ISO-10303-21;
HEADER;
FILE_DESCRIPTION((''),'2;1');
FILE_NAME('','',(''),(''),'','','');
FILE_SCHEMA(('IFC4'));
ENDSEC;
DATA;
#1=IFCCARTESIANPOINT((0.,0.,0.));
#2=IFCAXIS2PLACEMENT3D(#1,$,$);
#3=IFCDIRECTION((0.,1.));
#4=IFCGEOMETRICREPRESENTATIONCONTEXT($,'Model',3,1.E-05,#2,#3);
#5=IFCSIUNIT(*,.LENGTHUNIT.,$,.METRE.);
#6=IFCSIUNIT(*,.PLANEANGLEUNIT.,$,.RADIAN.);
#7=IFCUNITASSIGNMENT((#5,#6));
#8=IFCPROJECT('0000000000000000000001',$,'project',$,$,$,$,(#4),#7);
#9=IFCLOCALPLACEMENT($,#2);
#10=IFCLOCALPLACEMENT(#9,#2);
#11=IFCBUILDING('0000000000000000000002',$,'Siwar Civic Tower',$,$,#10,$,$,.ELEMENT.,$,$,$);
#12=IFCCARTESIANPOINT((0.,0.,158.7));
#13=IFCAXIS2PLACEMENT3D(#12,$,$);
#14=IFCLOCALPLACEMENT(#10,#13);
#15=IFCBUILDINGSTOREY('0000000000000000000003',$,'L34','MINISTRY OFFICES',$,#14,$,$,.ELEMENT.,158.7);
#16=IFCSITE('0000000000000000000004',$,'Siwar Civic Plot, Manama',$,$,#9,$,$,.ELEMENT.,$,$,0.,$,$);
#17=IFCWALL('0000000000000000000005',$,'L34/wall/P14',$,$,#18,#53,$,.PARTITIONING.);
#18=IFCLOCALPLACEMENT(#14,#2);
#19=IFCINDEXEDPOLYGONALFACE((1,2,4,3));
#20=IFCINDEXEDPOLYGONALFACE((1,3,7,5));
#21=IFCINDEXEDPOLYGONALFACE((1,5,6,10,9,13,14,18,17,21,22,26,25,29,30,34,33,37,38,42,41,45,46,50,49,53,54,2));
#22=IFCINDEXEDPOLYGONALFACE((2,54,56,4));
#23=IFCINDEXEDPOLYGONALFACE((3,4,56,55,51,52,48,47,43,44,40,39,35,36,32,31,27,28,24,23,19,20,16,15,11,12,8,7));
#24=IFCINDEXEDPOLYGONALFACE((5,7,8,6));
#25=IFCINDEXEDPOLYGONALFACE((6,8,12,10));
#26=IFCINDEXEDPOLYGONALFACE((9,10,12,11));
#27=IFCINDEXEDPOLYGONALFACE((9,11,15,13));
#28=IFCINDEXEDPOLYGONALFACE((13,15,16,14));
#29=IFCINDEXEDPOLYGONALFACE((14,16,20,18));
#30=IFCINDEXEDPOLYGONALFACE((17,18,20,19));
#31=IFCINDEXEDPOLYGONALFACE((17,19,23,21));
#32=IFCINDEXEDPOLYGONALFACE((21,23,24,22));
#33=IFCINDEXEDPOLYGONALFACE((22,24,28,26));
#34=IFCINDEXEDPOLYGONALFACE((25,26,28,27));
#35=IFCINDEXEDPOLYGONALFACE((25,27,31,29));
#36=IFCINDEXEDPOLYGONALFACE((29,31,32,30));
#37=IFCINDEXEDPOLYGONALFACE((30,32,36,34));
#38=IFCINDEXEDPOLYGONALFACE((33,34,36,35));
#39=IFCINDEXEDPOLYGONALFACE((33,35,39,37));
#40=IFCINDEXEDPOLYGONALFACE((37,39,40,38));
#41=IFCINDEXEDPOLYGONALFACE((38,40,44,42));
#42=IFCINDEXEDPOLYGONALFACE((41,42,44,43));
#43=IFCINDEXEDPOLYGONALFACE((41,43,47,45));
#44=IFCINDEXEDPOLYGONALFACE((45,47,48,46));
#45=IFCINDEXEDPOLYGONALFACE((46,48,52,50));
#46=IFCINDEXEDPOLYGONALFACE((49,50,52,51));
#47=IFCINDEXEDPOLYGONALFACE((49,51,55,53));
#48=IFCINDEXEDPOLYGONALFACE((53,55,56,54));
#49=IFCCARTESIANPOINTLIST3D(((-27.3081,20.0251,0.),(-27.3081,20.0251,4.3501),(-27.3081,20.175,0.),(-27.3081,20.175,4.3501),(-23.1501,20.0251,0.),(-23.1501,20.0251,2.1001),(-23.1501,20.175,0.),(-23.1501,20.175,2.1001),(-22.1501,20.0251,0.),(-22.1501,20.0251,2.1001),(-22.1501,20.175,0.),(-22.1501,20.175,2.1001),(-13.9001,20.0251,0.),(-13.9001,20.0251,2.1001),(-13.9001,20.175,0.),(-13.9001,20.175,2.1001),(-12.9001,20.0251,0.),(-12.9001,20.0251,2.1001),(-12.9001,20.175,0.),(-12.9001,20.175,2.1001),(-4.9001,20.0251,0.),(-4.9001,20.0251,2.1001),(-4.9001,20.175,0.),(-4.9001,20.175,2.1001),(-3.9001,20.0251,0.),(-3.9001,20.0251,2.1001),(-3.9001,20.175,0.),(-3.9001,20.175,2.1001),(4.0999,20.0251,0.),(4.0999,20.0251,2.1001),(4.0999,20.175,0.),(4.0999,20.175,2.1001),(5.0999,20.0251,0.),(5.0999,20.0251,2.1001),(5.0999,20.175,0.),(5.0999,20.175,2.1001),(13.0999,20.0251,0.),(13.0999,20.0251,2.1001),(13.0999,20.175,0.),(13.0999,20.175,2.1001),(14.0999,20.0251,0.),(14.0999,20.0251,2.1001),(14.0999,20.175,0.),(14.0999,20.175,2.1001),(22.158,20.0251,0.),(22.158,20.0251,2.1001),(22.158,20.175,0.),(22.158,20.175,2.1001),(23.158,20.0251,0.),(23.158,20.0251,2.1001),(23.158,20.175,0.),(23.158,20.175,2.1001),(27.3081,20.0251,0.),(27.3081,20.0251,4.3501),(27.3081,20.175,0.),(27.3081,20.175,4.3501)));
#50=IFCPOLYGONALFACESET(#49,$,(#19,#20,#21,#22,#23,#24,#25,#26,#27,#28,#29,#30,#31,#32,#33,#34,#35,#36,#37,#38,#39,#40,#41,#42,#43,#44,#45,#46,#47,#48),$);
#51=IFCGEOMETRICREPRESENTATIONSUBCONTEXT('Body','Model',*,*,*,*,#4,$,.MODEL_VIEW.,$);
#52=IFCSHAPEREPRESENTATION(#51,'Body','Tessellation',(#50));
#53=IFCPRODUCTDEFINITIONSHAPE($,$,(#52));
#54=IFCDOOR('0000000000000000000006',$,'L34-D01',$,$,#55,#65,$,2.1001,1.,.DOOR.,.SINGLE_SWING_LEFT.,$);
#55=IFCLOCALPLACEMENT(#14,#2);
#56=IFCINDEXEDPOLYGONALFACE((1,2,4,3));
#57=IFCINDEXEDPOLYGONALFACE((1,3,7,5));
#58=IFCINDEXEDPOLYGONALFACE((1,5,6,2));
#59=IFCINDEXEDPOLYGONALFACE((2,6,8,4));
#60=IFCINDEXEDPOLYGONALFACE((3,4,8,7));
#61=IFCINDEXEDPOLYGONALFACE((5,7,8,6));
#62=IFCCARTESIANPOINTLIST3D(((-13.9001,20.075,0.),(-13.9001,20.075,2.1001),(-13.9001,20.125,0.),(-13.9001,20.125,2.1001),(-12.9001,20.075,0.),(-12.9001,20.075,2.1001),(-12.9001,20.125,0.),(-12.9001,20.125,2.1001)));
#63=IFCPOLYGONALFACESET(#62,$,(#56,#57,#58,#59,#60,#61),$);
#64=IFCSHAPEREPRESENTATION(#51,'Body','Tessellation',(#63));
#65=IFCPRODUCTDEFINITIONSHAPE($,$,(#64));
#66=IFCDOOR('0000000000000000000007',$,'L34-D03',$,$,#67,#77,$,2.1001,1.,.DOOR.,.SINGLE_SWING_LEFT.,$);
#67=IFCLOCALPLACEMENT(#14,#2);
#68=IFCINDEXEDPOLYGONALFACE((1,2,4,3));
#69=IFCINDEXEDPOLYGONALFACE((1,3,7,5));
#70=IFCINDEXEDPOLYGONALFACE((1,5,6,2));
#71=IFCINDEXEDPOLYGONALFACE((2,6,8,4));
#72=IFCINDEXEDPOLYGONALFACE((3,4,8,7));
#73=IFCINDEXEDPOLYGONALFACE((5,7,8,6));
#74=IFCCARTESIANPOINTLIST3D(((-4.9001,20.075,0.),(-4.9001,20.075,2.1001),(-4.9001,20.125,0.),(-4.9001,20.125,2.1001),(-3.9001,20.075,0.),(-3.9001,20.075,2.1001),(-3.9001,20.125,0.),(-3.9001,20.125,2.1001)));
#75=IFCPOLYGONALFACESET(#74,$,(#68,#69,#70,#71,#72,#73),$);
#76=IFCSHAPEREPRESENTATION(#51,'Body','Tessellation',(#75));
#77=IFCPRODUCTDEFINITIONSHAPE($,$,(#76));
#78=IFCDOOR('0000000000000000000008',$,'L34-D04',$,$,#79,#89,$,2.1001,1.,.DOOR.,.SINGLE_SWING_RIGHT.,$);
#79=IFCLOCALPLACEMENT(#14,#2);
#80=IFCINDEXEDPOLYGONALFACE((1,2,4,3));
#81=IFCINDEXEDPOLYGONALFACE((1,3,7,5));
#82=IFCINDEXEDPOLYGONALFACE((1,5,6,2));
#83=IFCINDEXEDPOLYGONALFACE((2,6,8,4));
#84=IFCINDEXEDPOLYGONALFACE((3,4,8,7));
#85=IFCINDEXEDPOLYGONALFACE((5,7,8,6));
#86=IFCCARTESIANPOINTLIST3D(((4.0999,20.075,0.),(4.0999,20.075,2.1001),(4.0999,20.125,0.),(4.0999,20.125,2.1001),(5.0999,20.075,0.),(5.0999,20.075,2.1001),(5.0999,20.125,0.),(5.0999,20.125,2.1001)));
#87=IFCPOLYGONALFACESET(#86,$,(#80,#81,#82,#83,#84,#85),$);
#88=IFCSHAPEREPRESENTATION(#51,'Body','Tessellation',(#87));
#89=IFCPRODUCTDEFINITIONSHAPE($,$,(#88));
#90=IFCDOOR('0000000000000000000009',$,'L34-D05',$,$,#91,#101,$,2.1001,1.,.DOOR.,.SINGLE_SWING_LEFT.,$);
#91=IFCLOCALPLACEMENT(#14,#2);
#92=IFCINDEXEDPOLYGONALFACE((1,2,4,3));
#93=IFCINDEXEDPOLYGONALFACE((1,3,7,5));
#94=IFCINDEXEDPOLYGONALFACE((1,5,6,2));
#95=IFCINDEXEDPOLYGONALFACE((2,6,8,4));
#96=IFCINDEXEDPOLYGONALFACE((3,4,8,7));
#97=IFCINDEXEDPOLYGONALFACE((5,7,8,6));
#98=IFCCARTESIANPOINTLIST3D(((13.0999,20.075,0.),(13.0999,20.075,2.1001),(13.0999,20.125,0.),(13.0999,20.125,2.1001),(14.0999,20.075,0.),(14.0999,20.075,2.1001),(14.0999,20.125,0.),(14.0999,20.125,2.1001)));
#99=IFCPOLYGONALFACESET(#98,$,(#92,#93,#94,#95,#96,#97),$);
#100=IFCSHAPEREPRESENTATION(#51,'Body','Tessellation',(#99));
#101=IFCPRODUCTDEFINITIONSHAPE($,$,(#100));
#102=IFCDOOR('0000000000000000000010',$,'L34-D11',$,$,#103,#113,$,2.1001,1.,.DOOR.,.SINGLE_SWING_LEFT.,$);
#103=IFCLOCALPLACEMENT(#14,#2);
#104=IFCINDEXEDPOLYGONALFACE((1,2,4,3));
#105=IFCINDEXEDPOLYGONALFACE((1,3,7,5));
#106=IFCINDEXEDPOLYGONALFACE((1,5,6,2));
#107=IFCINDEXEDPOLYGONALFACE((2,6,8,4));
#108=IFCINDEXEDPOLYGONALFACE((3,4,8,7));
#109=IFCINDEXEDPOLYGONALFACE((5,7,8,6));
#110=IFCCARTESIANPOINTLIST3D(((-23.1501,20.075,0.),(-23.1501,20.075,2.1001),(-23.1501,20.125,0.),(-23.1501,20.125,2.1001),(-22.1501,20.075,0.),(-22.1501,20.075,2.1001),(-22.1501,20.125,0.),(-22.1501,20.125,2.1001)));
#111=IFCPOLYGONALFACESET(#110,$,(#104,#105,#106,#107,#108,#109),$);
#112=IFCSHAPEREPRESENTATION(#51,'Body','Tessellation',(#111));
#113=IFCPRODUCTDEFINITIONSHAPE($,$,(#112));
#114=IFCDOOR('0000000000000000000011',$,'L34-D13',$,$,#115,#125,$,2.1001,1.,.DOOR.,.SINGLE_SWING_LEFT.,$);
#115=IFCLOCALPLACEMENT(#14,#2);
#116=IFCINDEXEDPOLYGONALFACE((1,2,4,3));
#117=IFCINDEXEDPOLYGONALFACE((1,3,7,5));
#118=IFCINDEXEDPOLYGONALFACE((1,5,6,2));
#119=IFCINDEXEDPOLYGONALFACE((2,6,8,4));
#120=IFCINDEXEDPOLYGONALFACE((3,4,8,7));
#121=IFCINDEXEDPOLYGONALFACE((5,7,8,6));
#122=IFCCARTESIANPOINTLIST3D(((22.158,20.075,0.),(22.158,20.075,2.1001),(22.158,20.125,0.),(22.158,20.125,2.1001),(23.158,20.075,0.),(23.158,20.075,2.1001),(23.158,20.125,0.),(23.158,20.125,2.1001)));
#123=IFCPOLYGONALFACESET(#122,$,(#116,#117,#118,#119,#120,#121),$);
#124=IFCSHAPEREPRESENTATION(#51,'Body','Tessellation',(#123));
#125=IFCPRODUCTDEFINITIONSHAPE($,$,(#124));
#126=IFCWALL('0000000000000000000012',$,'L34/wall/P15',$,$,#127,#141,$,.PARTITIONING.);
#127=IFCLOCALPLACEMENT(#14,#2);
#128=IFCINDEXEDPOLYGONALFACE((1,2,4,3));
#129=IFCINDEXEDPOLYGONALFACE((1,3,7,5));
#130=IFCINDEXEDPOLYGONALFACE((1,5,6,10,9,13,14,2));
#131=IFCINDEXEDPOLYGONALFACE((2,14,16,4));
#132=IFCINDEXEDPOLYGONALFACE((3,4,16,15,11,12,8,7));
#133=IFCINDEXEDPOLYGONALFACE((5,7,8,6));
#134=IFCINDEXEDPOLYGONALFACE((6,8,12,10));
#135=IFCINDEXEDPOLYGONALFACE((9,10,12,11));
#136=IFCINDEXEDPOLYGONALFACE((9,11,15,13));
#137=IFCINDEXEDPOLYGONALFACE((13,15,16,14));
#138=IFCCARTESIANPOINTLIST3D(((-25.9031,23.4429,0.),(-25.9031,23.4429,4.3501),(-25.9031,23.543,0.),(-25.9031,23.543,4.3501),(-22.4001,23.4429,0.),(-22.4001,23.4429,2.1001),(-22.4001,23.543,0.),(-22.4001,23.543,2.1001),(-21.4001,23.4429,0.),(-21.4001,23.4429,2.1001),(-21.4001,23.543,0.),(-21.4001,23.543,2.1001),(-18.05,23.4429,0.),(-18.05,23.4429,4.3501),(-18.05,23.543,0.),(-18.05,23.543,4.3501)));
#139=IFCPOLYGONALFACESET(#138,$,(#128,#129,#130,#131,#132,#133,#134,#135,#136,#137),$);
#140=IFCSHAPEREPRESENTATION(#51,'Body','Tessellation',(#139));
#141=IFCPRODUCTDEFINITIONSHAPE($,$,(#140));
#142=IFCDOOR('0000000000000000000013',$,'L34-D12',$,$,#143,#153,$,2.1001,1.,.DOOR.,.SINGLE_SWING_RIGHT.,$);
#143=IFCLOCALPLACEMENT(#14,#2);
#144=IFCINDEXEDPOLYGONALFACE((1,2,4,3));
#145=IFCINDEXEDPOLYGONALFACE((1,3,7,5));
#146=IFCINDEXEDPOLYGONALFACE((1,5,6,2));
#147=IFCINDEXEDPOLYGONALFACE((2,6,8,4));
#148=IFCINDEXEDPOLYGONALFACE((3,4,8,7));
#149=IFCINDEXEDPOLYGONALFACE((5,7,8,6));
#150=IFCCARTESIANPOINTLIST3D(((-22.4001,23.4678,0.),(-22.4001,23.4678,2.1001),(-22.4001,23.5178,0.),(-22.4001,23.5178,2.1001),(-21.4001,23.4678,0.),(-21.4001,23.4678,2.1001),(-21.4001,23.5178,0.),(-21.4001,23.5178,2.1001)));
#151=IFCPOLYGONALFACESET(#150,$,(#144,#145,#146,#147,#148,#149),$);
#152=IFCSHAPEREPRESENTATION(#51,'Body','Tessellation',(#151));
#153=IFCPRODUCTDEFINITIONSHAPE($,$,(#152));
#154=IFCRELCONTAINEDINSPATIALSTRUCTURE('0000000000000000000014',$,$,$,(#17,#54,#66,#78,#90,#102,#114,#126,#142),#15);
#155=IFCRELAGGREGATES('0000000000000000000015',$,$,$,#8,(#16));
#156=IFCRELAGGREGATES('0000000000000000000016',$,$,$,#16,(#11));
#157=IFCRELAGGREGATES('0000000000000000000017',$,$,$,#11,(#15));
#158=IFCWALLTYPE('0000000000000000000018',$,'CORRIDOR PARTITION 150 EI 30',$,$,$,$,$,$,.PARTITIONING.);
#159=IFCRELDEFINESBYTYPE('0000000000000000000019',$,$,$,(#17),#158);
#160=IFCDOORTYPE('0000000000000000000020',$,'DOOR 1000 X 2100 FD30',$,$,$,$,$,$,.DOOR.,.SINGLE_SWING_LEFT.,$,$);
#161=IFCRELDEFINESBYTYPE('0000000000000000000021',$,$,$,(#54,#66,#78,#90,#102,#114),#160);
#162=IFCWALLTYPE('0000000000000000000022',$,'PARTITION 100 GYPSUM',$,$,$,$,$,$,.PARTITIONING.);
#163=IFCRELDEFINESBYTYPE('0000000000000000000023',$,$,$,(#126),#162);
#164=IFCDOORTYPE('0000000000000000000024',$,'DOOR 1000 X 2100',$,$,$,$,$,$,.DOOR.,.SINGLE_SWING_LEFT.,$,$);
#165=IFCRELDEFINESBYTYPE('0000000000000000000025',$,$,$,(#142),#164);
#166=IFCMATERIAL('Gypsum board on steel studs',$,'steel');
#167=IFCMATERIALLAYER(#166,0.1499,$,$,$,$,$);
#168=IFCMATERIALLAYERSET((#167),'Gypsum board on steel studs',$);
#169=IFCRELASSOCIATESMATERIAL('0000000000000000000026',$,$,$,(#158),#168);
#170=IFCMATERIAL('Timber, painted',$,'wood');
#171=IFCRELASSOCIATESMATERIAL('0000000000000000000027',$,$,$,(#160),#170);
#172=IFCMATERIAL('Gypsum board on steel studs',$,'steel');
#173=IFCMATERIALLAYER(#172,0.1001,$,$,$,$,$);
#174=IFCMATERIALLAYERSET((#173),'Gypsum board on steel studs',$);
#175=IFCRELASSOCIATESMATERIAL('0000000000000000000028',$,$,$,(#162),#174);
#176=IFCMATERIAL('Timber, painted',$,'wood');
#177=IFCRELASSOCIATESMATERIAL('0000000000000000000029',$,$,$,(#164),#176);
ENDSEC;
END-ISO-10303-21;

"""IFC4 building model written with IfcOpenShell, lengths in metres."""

from ifc_helpers import new_model, si_unit, direction, frame, frame_2d, origin, place, context, subcontext, project, spatial, rectangle, extrude, material, layer, layer_set, type_object, element, fill, save


model = new_model("IFC4")

# Units and contexts
model_context = context("Model", 3, precision=1e-05, world=origin(), true_north=direction((0.0, 1.0)))
body_context = subcontext(model_context, "Body", "Model", "MODEL_VIEW")
ifc_project = project(units=[si_unit("LENGTHUNIT", "METRE"), si_unit("PLANEANGLEUNIT", "RADIAN")], contexts=[model_context])

# Site, building, storey
site_placement = place(None, origin())
site = spatial("IfcSite", under=ifc_project, at=site_placement, Name="Siwar Civic Plot, Manama", CompositionType="ELEMENT", RefElevation=0.0)
building_placement = place(site_placement, origin())
building = spatial("IfcBuilding", under=site, at=building_placement, Name="Siwar Civic Tower", CompositionType="ELEMENT")
storey_placement = place(building_placement, frame((0.0, 0.0, 158.7)))
storey = spatial("IfcBuildingStorey", under=building, at=storey_placement, Name="L34", Description="MINISTRY OFFICES", CompositionType="ELEMENT", Elevation=158.7)

# Wall, openings, doors
ifc_material_1 = material(Name="Gypsum board on steel studs", Category="steel")
ifc_layer_1 = layer(ifc_material_1, 0.1499)
ifc_layer_set_1 = layer_set([ifc_layer_1], Name="Gypsum board on steel studs")
wall_type_1 = type_object("IfcWallType", Name="CORRIDOR PARTITION 150 EI 30", PredefinedType="PARTITIONING", material=ifc_layer_set_1)
wall_1_placement = place(storey_placement, frame((-27.3081, 20.1001, 0.0), z_axis=(0.0, 0.0, 1.0), x_axis=(1.0, 0.0, 0.0)))
wall_1 = element("IfcWall", 1, at=wall_1_placement, inside=storey, type_object=wall_type_1, Name="L34/wall/P14", PredefinedType="PARTITIONING", context=body_context, shape_type="SweptSolid", body=[
    extrude(rectangle(XDim=54.6162, YDim=0.1499, at=frame_2d((27.3081, 0.0))), origin(), (0.0, 0.0, 1.0), 4.3501),
])
opening_1_placement = place(wall_1_placement, frame((13.408, 0.0, 0.0)))
opening_1 = element("IfcOpeningElement", 2, at=opening_1_placement, cuts=wall_1, PredefinedType="OPENING", context=body_context, shape_type="SweptSolid", body=[
    extrude(rectangle(XDim=1.0, YDim=2.1001, at=frame_2d((0.5, 1.05))), frame((0.0, 0.085, 0.0), z_axis=(0.0, -1.0, 0.0), x_axis=(1.0, 0.0, 0.0)), (0.0, 0.0, 1.0), 0.1699),
])
opening_2_placement = place(wall_1_placement, frame((22.408, 0.0, 0.0)))
opening_2 = element("IfcOpeningElement", 3, at=opening_2_placement, cuts=wall_1, PredefinedType="OPENING", context=body_context, shape_type="SweptSolid", body=[
    extrude(rectangle(XDim=1.0, YDim=2.1001, at=frame_2d((0.5, 1.05))), frame((0.0, 0.085, 0.0), z_axis=(0.0, -1.0, 0.0), x_axis=(1.0, 0.0, 0.0)), (0.0, 0.0, 1.0), 0.1699),
])
opening_3_placement = place(wall_1_placement, frame((31.408, 0.0, 0.0)))
opening_3 = element("IfcOpeningElement", 4, at=opening_3_placement, cuts=wall_1, PredefinedType="OPENING", context=body_context, shape_type="SweptSolid", body=[
    extrude(rectangle(XDim=1.0, YDim=2.1001, at=frame_2d((0.5, 1.05))), frame((0.0, 0.085, 0.0), z_axis=(0.0, -1.0, 0.0), x_axis=(1.0, 0.0, 0.0)), (0.0, 0.0, 1.0), 0.1699),
])
opening_4_placement = place(wall_1_placement, frame((40.408, 0.0, 0.0)))
opening_4 = element("IfcOpeningElement", 5, at=opening_4_placement, cuts=wall_1, PredefinedType="OPENING", context=body_context, shape_type="SweptSolid", body=[
    extrude(rectangle(XDim=1.0, YDim=2.1001, at=frame_2d((0.5, 1.05))), frame((0.0, 0.085, 0.0), z_axis=(0.0, -1.0, 0.0), x_axis=(1.0, 0.0, 0.0)), (0.0, 0.0, 1.0), 0.1699),
])
opening_5_placement = place(wall_1_placement, frame((4.158, 0.0, 0.0)))
opening_5 = element("IfcOpeningElement", 6, at=opening_5_placement, cuts=wall_1, PredefinedType="OPENING", context=body_context, shape_type="SweptSolid", body=[
    extrude(rectangle(XDim=1.0, YDim=2.1001, at=frame_2d((0.5, 1.05))), frame((0.0, 0.085, 0.0), z_axis=(0.0, -1.0, 0.0), x_axis=(1.0, 0.0, 0.0)), (0.0, 0.0, 1.0), 0.1699),
])
opening_6_placement = place(wall_1_placement, frame((49.4661, 0.0, 0.0)))
opening_6 = element("IfcOpeningElement", 7, at=opening_6_placement, cuts=wall_1, PredefinedType="OPENING", context=body_context, shape_type="SweptSolid", body=[
    extrude(rectangle(XDim=1.0, YDim=2.1001, at=frame_2d((0.5, 1.05))), frame((0.0, 0.085, 0.0), z_axis=(0.0, -1.0, 0.0), x_axis=(1.0, 0.0, 0.0)), (0.0, 0.0, 1.0), 0.1699),
])
ifc_material_2 = material(Name="Timber, painted", Category="wood")
door_type_1 = type_object("IfcDoorType", Name="DOOR 1000 X 2100 FD30", OperationType="SINGLE_SWING_LEFT", PredefinedType="DOOR", material=ifc_material_2)
door_1_placement = place(opening_1_placement, origin())
door_1 = element("IfcDoor", 8, at=door_1_placement, inside=storey, type_object=door_type_1, Name="L34-D01", OperationType="SINGLE_SWING_LEFT", OverallHeight=2.1001, OverallWidth=1.0, PredefinedType="DOOR", context=body_context, shape_type="SweptSolid", body=[
    extrude(rectangle(XDim=1.0, YDim=2.1001, at=frame_2d((0.5, 1.05))), frame((0.0, 0.0249, 0.0), z_axis=(0.0, -1.0, 0.0), x_axis=(1.0, 0.0, 0.0)), (0.0, 0.0, 1.0), 0.05),
])
fill(opening_1, door_1)
door_2_placement = place(opening_2_placement, origin())
door_2 = element("IfcDoor", 9, at=door_2_placement, inside=storey, type_object=door_type_1, Name="L34-D03", OperationType="SINGLE_SWING_LEFT", OverallHeight=2.1001, OverallWidth=1.0, PredefinedType="DOOR", context=body_context, shape_type="SweptSolid", body=[
    extrude(rectangle(XDim=1.0, YDim=2.1001, at=frame_2d((0.5, 1.05))), frame((0.0, 0.0249, 0.0), z_axis=(0.0, -1.0, 0.0), x_axis=(1.0, 0.0, 0.0)), (0.0, 0.0, 1.0), 0.05),
])
fill(opening_2, door_2)
door_3_placement = place(opening_3_placement, origin())
door_3 = element("IfcDoor", 10, at=door_3_placement, inside=storey, type_object=door_type_1, Name="L34-D04", OperationType="SINGLE_SWING_RIGHT", OverallHeight=2.1001, OverallWidth=1.0, PredefinedType="DOOR", context=body_context, shape_type="SweptSolid", body=[
    extrude(rectangle(XDim=1.0, YDim=2.1001, at=frame_2d((0.5, 1.05))), frame((0.0, 0.0249, 0.0), z_axis=(0.0, -1.0, 0.0), x_axis=(1.0, 0.0, 0.0)), (0.0, 0.0, 1.0), 0.05),
])
fill(opening_3, door_3)
door_4_placement = place(opening_4_placement, origin())
door_4 = element("IfcDoor", 11, at=door_4_placement, inside=storey, type_object=door_type_1, Name="L34-D05", OperationType="SINGLE_SWING_LEFT", OverallHeight=2.1001, OverallWidth=1.0, PredefinedType="DOOR", context=body_context, shape_type="SweptSolid", body=[
    extrude(rectangle(XDim=1.0, YDim=2.1001, at=frame_2d((0.5, 1.05))), frame((0.0, 0.0249, 0.0), z_axis=(0.0, -1.0, 0.0), x_axis=(1.0, 0.0, 0.0)), (0.0, 0.0, 1.0), 0.05),
])
fill(opening_4, door_4)
door_5_placement = place(opening_5_placement, origin())
door_5 = element("IfcDoor", 12, at=door_5_placement, inside=storey, type_object=door_type_1, Name="L34-D11", OperationType="SINGLE_SWING_LEFT", OverallHeight=2.1001, OverallWidth=1.0, PredefinedType="DOOR", context=body_context, shape_type="SweptSolid", body=[
    extrude(rectangle(XDim=1.0, YDim=2.1001, at=frame_2d((0.5, 1.05))), frame((0.0, 0.0249, 0.0), z_axis=(0.0, -1.0, 0.0), x_axis=(1.0, 0.0, 0.0)), (0.0, 0.0, 1.0), 0.05),
])
fill(opening_5, door_5)
door_6_placement = place(opening_6_placement, origin())
door_6 = element("IfcDoor", 13, at=door_6_placement, inside=storey, type_object=door_type_1, Name="L34-D13", OperationType="SINGLE_SWING_LEFT", OverallHeight=2.1001, OverallWidth=1.0, PredefinedType="DOOR", context=body_context, shape_type="SweptSolid", body=[
    extrude(rectangle(XDim=1.0, YDim=2.1001, at=frame_2d((0.5, 1.05))), frame((0.0, 0.0249, 0.0), z_axis=(0.0, -1.0, 0.0), x_axis=(1.0, 0.0, 0.0)), (0.0, 0.0, 1.0), 0.05),
])
fill(opening_6, door_6)

# Wall, opening, door
ifc_material_3 = material(Name="Gypsum board on steel studs", Category="steel")
ifc_layer_2 = layer(ifc_material_3, 0.1001)
ifc_layer_set_2 = layer_set([ifc_layer_2], Name="Gypsum board on steel studs")
wall_type_2 = type_object("IfcWallType", Name="PARTITION 100 GYPSUM", PredefinedType="PARTITIONING", material=ifc_layer_set_2)
wall_2_placement = place(storey_placement, frame((-25.9031, 23.4929, 0.0), z_axis=(0.0, 0.0, 1.0), x_axis=(1.0, 0.0, 0.0)))
wall_2 = element("IfcWall", 14, at=wall_2_placement, inside=storey, type_object=wall_type_2, Name="L34/wall/P15", PredefinedType="PARTITIONING", context=body_context, shape_type="SweptSolid", body=[
    extrude(rectangle(XDim=7.853, YDim=0.1001, at=frame_2d((3.9265, 0.0))), origin(), (0.0, 0.0, 1.0), 4.3501),
])
opening_7_placement = place(wall_2_placement, frame((3.5029, 0.0, 0.0)))
opening_7 = element("IfcOpeningElement", 15, at=opening_7_placement, cuts=wall_2, PredefinedType="OPENING", context=body_context, shape_type="SweptSolid", body=[
    extrude(rectangle(XDim=1.0, YDim=2.1001, at=frame_2d((0.5, 1.05))), frame((0.0, 0.0601, 0.0), z_axis=(0.0, -1.0, 0.0), x_axis=(1.0, 0.0, 0.0)), (0.0, 0.0, 1.0), 0.1201),
])
ifc_material_4 = material(Name="Timber, painted", Category="wood")
door_type_2 = type_object("IfcDoorType", Name="DOOR 1000 X 2100", OperationType="SINGLE_SWING_LEFT", PredefinedType="DOOR", material=ifc_material_4)
door_7_placement = place(opening_7_placement, origin())
door_7 = element("IfcDoor", 16, at=door_7_placement, inside=storey, type_object=door_type_2, Name="L34-D12", OperationType="SINGLE_SWING_RIGHT", OverallHeight=2.1001, OverallWidth=1.0, PredefinedType="DOOR", context=body_context, shape_type="SweptSolid", body=[
    extrude(rectangle(XDim=1.0, YDim=2.1001, at=frame_2d((0.5, 1.05))), frame((0.0, 0.0249, 0.0), z_axis=(0.0, -1.0, 0.0), x_axis=(1.0, 0.0, 0.0)), (0.0, 0.0, 1.0), 0.05),
])
fill(opening_7, door_7)

save(model, "model.ifc")
